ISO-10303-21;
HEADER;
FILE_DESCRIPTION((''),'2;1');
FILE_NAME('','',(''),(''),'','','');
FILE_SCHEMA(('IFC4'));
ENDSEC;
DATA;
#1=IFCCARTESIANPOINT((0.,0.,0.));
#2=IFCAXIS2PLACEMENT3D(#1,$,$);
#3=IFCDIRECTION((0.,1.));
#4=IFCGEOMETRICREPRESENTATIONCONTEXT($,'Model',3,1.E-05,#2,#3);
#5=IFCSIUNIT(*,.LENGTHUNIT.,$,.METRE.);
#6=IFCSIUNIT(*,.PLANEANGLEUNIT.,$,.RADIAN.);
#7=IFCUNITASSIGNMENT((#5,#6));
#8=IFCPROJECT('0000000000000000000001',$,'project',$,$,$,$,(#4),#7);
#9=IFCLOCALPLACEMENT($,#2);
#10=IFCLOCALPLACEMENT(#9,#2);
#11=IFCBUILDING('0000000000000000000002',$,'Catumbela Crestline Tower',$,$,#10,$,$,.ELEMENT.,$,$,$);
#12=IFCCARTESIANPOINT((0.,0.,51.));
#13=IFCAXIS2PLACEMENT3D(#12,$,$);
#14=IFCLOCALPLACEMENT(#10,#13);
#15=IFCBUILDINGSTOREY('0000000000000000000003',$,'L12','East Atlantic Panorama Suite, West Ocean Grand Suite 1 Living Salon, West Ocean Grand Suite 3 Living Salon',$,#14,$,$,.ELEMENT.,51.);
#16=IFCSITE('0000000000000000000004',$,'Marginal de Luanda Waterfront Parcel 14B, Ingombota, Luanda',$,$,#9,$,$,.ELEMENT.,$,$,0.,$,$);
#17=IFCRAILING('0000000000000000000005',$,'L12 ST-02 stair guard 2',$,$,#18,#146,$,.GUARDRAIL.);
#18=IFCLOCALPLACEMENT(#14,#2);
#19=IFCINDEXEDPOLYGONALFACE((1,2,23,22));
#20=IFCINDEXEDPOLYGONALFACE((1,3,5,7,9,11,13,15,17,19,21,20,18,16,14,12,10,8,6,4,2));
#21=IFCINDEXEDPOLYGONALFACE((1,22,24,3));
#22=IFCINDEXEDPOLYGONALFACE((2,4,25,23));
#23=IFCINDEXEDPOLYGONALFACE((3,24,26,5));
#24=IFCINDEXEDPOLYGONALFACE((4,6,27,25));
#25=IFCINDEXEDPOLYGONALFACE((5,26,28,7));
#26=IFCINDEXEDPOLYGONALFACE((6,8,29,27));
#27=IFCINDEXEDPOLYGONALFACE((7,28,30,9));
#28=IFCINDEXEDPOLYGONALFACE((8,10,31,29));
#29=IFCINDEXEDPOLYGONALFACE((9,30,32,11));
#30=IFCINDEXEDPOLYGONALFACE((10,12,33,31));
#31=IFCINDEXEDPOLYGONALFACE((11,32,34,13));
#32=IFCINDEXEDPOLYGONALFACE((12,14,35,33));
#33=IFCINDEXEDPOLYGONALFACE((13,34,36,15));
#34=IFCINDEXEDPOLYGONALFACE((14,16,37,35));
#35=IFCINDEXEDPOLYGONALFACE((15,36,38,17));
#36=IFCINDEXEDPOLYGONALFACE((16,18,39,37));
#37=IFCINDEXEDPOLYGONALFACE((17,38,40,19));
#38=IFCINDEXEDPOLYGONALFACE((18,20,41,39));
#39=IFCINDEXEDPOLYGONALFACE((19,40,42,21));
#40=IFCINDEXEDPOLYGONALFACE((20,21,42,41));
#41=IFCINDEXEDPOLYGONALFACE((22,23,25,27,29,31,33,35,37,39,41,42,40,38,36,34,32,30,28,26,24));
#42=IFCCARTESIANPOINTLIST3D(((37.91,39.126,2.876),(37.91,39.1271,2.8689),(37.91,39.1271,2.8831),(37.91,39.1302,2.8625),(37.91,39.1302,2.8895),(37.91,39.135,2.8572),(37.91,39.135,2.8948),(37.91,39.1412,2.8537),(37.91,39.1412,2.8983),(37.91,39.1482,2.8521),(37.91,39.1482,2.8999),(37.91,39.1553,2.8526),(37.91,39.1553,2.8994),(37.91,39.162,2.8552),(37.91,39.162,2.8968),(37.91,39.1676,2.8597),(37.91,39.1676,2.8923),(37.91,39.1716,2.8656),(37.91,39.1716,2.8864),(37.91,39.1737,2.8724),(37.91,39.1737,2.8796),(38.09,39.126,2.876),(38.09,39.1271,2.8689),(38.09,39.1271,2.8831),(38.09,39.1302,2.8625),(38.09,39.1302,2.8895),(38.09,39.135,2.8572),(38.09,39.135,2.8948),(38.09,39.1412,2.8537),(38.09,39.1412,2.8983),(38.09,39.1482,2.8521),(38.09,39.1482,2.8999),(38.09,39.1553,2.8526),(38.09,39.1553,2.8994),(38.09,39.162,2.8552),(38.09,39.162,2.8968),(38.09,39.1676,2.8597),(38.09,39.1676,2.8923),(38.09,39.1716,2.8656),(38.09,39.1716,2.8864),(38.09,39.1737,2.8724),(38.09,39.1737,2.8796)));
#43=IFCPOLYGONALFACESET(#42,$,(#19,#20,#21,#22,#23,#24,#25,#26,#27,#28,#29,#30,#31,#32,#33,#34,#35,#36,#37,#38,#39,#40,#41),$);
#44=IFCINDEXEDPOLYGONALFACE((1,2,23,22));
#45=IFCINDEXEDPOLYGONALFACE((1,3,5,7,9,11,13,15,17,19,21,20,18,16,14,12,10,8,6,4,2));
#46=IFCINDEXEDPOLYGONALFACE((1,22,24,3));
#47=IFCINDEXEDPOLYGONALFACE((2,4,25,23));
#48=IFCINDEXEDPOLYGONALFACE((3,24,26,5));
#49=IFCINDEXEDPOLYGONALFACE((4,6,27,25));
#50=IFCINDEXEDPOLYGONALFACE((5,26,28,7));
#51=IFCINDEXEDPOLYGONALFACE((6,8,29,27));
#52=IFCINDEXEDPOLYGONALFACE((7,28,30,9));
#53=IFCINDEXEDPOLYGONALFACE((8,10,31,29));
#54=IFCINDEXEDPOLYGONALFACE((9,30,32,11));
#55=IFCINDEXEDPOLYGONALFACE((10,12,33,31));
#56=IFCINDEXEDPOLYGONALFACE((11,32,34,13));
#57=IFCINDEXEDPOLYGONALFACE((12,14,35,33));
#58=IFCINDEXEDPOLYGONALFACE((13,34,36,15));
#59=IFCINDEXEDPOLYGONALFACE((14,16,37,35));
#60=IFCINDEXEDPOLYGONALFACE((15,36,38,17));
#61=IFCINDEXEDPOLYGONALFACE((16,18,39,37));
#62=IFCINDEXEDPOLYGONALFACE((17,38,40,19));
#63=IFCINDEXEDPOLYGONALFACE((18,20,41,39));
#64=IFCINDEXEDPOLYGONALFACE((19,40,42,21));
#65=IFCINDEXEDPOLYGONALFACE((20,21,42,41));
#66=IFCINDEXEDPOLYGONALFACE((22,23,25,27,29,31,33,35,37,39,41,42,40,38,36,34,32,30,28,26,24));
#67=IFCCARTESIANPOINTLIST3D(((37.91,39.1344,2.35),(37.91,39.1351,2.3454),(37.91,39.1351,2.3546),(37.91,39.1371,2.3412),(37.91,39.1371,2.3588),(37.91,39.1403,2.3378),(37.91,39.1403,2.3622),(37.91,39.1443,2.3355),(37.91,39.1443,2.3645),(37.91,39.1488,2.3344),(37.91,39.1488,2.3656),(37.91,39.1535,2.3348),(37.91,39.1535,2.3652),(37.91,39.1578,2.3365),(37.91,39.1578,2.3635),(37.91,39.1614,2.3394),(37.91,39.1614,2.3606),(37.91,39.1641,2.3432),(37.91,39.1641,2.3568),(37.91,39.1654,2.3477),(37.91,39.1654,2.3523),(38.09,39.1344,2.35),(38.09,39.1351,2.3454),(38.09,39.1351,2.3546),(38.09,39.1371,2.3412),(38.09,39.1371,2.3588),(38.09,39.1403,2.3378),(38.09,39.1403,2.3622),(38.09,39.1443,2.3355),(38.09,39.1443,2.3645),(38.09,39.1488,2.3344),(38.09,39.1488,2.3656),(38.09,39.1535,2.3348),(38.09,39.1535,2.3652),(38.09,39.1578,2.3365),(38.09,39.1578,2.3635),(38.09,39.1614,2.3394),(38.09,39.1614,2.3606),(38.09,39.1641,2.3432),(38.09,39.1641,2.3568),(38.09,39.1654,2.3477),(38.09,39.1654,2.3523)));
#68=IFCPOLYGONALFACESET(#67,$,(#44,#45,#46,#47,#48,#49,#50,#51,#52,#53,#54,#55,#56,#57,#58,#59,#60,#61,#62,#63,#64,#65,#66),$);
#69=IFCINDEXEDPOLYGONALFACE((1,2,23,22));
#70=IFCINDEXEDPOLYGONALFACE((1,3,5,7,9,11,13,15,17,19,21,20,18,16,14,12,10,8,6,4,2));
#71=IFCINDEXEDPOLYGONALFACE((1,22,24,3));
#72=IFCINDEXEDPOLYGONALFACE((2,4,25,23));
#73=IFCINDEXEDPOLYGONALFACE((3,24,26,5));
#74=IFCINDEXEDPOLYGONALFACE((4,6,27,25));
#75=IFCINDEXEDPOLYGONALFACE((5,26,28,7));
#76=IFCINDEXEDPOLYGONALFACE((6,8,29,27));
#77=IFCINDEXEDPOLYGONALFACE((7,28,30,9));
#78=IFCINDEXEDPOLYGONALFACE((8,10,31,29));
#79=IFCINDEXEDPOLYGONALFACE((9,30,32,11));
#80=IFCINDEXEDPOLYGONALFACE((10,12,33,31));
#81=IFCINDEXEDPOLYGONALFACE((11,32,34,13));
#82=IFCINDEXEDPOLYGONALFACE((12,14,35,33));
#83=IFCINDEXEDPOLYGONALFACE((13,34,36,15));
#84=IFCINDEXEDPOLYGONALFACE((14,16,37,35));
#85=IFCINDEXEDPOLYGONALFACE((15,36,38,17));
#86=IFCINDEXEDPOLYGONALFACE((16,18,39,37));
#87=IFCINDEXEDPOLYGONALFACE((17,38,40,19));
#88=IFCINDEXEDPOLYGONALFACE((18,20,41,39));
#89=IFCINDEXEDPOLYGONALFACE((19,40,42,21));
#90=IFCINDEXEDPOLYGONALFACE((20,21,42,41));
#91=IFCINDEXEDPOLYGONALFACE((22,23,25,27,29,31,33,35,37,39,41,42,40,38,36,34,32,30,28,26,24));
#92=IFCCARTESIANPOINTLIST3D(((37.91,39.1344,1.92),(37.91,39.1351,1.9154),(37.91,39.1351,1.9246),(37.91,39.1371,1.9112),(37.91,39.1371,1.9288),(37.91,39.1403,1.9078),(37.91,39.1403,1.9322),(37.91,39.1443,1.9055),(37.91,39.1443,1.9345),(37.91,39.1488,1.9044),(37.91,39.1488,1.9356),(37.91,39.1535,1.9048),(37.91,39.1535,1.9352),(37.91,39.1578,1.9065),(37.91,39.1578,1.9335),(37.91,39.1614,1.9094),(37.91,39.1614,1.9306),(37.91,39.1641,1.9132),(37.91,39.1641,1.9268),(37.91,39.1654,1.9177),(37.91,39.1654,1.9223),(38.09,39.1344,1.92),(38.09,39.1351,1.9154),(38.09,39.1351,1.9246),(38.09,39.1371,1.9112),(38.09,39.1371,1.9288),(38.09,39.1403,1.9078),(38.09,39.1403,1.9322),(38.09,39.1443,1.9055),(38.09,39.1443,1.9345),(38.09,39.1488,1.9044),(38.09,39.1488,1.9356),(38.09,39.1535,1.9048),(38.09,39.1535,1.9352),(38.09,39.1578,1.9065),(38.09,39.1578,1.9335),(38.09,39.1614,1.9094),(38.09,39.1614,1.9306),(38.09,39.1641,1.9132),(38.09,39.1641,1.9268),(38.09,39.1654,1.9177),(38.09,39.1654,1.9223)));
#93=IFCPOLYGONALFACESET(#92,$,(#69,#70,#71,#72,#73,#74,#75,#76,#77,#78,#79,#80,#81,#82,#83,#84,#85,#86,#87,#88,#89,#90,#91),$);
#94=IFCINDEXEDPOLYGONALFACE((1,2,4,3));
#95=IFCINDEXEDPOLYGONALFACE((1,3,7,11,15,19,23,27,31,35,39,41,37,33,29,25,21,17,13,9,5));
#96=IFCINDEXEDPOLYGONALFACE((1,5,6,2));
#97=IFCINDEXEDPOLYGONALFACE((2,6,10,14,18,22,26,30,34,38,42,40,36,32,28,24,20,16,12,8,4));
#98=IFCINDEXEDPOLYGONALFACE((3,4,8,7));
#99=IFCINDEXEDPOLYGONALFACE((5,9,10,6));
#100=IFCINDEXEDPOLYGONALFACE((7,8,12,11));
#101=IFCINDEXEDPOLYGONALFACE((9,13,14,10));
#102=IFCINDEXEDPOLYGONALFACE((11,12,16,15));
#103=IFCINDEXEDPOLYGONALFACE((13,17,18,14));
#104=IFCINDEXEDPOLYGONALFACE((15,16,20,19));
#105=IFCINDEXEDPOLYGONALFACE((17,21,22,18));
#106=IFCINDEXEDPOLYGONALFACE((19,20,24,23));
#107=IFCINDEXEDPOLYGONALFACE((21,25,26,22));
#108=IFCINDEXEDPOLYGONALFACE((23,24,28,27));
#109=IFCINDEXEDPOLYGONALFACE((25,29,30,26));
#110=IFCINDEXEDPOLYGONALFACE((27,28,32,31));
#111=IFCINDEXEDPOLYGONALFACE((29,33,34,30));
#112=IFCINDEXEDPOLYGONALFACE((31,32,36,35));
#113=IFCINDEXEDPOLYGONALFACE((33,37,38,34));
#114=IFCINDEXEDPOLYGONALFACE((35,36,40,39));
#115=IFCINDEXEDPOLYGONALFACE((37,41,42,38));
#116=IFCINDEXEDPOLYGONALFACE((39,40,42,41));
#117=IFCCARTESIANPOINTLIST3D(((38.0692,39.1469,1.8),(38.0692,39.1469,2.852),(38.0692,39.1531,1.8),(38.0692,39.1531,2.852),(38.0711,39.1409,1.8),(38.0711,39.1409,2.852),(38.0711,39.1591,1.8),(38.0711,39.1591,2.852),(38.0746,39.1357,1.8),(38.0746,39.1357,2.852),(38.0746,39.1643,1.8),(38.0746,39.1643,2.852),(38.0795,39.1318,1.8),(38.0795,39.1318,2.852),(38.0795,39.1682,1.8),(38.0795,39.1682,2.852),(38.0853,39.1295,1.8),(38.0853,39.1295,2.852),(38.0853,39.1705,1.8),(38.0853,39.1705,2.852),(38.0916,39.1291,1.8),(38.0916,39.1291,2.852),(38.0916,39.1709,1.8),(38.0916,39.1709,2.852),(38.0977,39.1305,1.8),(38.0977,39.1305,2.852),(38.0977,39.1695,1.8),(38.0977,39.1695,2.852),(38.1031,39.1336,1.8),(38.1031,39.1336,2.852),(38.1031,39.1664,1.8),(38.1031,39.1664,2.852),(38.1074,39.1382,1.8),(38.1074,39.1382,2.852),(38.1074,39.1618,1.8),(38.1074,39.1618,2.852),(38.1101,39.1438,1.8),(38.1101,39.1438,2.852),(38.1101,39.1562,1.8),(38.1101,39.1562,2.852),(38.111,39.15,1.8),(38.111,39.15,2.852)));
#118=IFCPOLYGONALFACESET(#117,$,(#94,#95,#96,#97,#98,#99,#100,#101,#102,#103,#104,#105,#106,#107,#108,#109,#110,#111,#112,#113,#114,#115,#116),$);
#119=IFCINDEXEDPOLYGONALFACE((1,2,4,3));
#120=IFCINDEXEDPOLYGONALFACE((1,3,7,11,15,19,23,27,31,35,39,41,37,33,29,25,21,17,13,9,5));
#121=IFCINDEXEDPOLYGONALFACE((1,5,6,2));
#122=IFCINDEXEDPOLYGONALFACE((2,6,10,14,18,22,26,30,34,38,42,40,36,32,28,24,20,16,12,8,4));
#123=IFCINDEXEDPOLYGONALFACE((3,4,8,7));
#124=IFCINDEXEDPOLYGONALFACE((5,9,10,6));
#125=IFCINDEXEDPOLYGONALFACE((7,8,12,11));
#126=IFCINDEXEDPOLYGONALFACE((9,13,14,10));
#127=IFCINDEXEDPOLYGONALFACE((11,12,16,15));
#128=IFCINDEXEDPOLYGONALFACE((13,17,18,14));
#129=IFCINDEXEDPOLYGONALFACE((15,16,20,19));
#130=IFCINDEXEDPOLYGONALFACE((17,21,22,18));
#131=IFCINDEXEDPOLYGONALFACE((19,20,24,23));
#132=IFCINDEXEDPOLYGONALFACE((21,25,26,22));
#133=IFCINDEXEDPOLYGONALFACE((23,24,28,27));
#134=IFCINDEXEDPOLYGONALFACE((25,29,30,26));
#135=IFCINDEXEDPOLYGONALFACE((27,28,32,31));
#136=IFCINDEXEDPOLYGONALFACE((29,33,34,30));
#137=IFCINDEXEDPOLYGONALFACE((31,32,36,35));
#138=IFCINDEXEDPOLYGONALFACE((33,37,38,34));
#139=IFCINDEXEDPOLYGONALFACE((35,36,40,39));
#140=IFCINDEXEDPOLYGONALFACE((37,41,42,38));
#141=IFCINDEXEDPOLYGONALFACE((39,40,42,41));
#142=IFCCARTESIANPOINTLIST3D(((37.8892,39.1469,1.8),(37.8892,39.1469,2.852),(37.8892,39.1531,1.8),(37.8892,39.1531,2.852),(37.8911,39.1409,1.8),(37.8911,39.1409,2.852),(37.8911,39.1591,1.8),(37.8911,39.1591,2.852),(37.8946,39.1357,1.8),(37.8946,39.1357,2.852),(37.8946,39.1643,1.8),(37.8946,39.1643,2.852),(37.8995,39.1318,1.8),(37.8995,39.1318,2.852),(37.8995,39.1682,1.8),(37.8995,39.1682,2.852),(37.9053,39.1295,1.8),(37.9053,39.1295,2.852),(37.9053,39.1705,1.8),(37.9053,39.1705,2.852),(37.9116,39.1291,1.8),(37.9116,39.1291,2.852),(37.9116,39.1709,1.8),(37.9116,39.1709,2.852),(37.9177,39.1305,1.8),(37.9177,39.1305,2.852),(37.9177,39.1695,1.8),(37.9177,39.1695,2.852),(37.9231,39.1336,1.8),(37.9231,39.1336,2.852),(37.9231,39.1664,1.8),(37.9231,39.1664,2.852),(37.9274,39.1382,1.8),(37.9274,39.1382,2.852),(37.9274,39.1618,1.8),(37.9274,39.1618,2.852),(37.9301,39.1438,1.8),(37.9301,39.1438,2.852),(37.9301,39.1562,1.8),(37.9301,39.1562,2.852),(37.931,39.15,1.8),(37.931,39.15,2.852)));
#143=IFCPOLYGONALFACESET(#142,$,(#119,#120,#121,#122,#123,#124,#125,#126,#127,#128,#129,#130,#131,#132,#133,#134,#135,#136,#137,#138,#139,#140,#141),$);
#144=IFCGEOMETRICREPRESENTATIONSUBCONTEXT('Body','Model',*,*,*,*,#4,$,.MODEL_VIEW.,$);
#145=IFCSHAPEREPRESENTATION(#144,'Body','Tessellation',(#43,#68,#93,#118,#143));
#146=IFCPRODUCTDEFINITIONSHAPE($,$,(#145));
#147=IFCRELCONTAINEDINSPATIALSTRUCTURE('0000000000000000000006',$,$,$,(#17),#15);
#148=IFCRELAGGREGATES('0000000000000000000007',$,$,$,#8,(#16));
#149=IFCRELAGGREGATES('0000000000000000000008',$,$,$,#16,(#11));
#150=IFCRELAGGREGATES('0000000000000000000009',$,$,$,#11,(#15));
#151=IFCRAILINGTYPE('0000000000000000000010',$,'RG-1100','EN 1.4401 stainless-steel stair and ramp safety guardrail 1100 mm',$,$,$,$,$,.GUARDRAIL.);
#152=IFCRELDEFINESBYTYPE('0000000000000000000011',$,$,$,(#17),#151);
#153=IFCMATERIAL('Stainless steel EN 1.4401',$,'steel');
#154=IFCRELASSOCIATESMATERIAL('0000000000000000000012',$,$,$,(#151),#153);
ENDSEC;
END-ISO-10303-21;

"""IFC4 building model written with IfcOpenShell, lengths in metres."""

from ifc_helpers import new_model, si_unit, direction, frame, origin, origin_2d, place, context, subcontext, project, spatial, circle, extrude, material, type_object, element, save


model = new_model("IFC4")

# Units and contexts
model_context = context("Model", 3, precision=1e-05, world=origin(), true_north=direction((0.0, 1.0)))
body_context = subcontext(model_context, "Body", "Model", "MODEL_VIEW")
ifc_project = project(units=[si_unit("LENGTHUNIT", "METRE"), si_unit("PLANEANGLEUNIT", "RADIAN")], contexts=[model_context])

# Site, building, storey
site_placement = place(None, origin())
site = spatial("IfcSite", under=ifc_project, at=site_placement, Name="Marginal de Luanda Waterfront Parcel 14B, Ingombota, Luanda", CompositionType="ELEMENT", RefElevation=0.0)
building_placement = place(site_placement, origin())
building = spatial("IfcBuilding", under=site, at=building_placement, Name="Catumbela Crestline Tower", CompositionType="ELEMENT")
storey_placement = place(building_placement, frame((0.0, 0.0, 51.0)))
storey = spatial("IfcBuildingStorey", under=building, at=storey_placement, Name="L12", Description="East Atlantic Panorama Suite, West Ocean Grand Suite 1 Living Salon, West Ocean Grand Suite 3 Living Salon", CompositionType="ELEMENT", Elevation=51.0)

# Shared definitions
ifc_material_1 = material(Name="Stainless steel EN 1.4401", Category="steel")

# Railing
railing_type_1 = type_object("IfcRailingType", Name="RG-1100", Description="EN 1.4401 stainless-steel stair and ramp safety guardrail 1100 mm", PredefinedType="GUARDRAIL", material=ifc_material_1)
railing_1_placement = place(storey_placement, frame((38.09, 39.15, 1.8)))
element("IfcRailing", 1, at=railing_1_placement, inside=storey, type_object=railing_type_1, Name="L12 ST-02 stair guard 2", PredefinedType="GUARDRAIL", context=body_context, shape_type="SweptSolid", body=[
    extrude(circle(Radius=0.024, at=origin_2d()), frame((0.0, 0.0, 1.076), z_axis=(-1.0, 0.0, 0.0), x_axis=(0.0, -1.0, 0.0)), (0.0, 0.0, 1.0), 0.18),
    extrude(circle(Radius=0.0156, at=origin_2d()), frame((0.0, 0.0, 0.55), z_axis=(-1.0, 0.0, 0.0), x_axis=(0.0, -1.0, 0.0)), (0.0, 0.0, 1.0), 0.18),
    extrude(circle(Radius=0.0156, at=origin_2d()), frame((0.0, 0.0, 0.12), z_axis=(-1.0, 0.0, 0.0), x_axis=(0.0, -1.0, 0.0)), (0.0, 0.0, 1.0), 0.18),
    extrude(circle(Radius=0.021, at=origin_2d()), origin(), (0.0, 0.0, 1.0), 1.052),
    extrude(circle(Radius=0.021, at=origin_2d()), frame((-0.18, 0.0, 0.0)), (0.0, 0.0, 1.0), 1.052),
])

save(model, "model.ifc")
